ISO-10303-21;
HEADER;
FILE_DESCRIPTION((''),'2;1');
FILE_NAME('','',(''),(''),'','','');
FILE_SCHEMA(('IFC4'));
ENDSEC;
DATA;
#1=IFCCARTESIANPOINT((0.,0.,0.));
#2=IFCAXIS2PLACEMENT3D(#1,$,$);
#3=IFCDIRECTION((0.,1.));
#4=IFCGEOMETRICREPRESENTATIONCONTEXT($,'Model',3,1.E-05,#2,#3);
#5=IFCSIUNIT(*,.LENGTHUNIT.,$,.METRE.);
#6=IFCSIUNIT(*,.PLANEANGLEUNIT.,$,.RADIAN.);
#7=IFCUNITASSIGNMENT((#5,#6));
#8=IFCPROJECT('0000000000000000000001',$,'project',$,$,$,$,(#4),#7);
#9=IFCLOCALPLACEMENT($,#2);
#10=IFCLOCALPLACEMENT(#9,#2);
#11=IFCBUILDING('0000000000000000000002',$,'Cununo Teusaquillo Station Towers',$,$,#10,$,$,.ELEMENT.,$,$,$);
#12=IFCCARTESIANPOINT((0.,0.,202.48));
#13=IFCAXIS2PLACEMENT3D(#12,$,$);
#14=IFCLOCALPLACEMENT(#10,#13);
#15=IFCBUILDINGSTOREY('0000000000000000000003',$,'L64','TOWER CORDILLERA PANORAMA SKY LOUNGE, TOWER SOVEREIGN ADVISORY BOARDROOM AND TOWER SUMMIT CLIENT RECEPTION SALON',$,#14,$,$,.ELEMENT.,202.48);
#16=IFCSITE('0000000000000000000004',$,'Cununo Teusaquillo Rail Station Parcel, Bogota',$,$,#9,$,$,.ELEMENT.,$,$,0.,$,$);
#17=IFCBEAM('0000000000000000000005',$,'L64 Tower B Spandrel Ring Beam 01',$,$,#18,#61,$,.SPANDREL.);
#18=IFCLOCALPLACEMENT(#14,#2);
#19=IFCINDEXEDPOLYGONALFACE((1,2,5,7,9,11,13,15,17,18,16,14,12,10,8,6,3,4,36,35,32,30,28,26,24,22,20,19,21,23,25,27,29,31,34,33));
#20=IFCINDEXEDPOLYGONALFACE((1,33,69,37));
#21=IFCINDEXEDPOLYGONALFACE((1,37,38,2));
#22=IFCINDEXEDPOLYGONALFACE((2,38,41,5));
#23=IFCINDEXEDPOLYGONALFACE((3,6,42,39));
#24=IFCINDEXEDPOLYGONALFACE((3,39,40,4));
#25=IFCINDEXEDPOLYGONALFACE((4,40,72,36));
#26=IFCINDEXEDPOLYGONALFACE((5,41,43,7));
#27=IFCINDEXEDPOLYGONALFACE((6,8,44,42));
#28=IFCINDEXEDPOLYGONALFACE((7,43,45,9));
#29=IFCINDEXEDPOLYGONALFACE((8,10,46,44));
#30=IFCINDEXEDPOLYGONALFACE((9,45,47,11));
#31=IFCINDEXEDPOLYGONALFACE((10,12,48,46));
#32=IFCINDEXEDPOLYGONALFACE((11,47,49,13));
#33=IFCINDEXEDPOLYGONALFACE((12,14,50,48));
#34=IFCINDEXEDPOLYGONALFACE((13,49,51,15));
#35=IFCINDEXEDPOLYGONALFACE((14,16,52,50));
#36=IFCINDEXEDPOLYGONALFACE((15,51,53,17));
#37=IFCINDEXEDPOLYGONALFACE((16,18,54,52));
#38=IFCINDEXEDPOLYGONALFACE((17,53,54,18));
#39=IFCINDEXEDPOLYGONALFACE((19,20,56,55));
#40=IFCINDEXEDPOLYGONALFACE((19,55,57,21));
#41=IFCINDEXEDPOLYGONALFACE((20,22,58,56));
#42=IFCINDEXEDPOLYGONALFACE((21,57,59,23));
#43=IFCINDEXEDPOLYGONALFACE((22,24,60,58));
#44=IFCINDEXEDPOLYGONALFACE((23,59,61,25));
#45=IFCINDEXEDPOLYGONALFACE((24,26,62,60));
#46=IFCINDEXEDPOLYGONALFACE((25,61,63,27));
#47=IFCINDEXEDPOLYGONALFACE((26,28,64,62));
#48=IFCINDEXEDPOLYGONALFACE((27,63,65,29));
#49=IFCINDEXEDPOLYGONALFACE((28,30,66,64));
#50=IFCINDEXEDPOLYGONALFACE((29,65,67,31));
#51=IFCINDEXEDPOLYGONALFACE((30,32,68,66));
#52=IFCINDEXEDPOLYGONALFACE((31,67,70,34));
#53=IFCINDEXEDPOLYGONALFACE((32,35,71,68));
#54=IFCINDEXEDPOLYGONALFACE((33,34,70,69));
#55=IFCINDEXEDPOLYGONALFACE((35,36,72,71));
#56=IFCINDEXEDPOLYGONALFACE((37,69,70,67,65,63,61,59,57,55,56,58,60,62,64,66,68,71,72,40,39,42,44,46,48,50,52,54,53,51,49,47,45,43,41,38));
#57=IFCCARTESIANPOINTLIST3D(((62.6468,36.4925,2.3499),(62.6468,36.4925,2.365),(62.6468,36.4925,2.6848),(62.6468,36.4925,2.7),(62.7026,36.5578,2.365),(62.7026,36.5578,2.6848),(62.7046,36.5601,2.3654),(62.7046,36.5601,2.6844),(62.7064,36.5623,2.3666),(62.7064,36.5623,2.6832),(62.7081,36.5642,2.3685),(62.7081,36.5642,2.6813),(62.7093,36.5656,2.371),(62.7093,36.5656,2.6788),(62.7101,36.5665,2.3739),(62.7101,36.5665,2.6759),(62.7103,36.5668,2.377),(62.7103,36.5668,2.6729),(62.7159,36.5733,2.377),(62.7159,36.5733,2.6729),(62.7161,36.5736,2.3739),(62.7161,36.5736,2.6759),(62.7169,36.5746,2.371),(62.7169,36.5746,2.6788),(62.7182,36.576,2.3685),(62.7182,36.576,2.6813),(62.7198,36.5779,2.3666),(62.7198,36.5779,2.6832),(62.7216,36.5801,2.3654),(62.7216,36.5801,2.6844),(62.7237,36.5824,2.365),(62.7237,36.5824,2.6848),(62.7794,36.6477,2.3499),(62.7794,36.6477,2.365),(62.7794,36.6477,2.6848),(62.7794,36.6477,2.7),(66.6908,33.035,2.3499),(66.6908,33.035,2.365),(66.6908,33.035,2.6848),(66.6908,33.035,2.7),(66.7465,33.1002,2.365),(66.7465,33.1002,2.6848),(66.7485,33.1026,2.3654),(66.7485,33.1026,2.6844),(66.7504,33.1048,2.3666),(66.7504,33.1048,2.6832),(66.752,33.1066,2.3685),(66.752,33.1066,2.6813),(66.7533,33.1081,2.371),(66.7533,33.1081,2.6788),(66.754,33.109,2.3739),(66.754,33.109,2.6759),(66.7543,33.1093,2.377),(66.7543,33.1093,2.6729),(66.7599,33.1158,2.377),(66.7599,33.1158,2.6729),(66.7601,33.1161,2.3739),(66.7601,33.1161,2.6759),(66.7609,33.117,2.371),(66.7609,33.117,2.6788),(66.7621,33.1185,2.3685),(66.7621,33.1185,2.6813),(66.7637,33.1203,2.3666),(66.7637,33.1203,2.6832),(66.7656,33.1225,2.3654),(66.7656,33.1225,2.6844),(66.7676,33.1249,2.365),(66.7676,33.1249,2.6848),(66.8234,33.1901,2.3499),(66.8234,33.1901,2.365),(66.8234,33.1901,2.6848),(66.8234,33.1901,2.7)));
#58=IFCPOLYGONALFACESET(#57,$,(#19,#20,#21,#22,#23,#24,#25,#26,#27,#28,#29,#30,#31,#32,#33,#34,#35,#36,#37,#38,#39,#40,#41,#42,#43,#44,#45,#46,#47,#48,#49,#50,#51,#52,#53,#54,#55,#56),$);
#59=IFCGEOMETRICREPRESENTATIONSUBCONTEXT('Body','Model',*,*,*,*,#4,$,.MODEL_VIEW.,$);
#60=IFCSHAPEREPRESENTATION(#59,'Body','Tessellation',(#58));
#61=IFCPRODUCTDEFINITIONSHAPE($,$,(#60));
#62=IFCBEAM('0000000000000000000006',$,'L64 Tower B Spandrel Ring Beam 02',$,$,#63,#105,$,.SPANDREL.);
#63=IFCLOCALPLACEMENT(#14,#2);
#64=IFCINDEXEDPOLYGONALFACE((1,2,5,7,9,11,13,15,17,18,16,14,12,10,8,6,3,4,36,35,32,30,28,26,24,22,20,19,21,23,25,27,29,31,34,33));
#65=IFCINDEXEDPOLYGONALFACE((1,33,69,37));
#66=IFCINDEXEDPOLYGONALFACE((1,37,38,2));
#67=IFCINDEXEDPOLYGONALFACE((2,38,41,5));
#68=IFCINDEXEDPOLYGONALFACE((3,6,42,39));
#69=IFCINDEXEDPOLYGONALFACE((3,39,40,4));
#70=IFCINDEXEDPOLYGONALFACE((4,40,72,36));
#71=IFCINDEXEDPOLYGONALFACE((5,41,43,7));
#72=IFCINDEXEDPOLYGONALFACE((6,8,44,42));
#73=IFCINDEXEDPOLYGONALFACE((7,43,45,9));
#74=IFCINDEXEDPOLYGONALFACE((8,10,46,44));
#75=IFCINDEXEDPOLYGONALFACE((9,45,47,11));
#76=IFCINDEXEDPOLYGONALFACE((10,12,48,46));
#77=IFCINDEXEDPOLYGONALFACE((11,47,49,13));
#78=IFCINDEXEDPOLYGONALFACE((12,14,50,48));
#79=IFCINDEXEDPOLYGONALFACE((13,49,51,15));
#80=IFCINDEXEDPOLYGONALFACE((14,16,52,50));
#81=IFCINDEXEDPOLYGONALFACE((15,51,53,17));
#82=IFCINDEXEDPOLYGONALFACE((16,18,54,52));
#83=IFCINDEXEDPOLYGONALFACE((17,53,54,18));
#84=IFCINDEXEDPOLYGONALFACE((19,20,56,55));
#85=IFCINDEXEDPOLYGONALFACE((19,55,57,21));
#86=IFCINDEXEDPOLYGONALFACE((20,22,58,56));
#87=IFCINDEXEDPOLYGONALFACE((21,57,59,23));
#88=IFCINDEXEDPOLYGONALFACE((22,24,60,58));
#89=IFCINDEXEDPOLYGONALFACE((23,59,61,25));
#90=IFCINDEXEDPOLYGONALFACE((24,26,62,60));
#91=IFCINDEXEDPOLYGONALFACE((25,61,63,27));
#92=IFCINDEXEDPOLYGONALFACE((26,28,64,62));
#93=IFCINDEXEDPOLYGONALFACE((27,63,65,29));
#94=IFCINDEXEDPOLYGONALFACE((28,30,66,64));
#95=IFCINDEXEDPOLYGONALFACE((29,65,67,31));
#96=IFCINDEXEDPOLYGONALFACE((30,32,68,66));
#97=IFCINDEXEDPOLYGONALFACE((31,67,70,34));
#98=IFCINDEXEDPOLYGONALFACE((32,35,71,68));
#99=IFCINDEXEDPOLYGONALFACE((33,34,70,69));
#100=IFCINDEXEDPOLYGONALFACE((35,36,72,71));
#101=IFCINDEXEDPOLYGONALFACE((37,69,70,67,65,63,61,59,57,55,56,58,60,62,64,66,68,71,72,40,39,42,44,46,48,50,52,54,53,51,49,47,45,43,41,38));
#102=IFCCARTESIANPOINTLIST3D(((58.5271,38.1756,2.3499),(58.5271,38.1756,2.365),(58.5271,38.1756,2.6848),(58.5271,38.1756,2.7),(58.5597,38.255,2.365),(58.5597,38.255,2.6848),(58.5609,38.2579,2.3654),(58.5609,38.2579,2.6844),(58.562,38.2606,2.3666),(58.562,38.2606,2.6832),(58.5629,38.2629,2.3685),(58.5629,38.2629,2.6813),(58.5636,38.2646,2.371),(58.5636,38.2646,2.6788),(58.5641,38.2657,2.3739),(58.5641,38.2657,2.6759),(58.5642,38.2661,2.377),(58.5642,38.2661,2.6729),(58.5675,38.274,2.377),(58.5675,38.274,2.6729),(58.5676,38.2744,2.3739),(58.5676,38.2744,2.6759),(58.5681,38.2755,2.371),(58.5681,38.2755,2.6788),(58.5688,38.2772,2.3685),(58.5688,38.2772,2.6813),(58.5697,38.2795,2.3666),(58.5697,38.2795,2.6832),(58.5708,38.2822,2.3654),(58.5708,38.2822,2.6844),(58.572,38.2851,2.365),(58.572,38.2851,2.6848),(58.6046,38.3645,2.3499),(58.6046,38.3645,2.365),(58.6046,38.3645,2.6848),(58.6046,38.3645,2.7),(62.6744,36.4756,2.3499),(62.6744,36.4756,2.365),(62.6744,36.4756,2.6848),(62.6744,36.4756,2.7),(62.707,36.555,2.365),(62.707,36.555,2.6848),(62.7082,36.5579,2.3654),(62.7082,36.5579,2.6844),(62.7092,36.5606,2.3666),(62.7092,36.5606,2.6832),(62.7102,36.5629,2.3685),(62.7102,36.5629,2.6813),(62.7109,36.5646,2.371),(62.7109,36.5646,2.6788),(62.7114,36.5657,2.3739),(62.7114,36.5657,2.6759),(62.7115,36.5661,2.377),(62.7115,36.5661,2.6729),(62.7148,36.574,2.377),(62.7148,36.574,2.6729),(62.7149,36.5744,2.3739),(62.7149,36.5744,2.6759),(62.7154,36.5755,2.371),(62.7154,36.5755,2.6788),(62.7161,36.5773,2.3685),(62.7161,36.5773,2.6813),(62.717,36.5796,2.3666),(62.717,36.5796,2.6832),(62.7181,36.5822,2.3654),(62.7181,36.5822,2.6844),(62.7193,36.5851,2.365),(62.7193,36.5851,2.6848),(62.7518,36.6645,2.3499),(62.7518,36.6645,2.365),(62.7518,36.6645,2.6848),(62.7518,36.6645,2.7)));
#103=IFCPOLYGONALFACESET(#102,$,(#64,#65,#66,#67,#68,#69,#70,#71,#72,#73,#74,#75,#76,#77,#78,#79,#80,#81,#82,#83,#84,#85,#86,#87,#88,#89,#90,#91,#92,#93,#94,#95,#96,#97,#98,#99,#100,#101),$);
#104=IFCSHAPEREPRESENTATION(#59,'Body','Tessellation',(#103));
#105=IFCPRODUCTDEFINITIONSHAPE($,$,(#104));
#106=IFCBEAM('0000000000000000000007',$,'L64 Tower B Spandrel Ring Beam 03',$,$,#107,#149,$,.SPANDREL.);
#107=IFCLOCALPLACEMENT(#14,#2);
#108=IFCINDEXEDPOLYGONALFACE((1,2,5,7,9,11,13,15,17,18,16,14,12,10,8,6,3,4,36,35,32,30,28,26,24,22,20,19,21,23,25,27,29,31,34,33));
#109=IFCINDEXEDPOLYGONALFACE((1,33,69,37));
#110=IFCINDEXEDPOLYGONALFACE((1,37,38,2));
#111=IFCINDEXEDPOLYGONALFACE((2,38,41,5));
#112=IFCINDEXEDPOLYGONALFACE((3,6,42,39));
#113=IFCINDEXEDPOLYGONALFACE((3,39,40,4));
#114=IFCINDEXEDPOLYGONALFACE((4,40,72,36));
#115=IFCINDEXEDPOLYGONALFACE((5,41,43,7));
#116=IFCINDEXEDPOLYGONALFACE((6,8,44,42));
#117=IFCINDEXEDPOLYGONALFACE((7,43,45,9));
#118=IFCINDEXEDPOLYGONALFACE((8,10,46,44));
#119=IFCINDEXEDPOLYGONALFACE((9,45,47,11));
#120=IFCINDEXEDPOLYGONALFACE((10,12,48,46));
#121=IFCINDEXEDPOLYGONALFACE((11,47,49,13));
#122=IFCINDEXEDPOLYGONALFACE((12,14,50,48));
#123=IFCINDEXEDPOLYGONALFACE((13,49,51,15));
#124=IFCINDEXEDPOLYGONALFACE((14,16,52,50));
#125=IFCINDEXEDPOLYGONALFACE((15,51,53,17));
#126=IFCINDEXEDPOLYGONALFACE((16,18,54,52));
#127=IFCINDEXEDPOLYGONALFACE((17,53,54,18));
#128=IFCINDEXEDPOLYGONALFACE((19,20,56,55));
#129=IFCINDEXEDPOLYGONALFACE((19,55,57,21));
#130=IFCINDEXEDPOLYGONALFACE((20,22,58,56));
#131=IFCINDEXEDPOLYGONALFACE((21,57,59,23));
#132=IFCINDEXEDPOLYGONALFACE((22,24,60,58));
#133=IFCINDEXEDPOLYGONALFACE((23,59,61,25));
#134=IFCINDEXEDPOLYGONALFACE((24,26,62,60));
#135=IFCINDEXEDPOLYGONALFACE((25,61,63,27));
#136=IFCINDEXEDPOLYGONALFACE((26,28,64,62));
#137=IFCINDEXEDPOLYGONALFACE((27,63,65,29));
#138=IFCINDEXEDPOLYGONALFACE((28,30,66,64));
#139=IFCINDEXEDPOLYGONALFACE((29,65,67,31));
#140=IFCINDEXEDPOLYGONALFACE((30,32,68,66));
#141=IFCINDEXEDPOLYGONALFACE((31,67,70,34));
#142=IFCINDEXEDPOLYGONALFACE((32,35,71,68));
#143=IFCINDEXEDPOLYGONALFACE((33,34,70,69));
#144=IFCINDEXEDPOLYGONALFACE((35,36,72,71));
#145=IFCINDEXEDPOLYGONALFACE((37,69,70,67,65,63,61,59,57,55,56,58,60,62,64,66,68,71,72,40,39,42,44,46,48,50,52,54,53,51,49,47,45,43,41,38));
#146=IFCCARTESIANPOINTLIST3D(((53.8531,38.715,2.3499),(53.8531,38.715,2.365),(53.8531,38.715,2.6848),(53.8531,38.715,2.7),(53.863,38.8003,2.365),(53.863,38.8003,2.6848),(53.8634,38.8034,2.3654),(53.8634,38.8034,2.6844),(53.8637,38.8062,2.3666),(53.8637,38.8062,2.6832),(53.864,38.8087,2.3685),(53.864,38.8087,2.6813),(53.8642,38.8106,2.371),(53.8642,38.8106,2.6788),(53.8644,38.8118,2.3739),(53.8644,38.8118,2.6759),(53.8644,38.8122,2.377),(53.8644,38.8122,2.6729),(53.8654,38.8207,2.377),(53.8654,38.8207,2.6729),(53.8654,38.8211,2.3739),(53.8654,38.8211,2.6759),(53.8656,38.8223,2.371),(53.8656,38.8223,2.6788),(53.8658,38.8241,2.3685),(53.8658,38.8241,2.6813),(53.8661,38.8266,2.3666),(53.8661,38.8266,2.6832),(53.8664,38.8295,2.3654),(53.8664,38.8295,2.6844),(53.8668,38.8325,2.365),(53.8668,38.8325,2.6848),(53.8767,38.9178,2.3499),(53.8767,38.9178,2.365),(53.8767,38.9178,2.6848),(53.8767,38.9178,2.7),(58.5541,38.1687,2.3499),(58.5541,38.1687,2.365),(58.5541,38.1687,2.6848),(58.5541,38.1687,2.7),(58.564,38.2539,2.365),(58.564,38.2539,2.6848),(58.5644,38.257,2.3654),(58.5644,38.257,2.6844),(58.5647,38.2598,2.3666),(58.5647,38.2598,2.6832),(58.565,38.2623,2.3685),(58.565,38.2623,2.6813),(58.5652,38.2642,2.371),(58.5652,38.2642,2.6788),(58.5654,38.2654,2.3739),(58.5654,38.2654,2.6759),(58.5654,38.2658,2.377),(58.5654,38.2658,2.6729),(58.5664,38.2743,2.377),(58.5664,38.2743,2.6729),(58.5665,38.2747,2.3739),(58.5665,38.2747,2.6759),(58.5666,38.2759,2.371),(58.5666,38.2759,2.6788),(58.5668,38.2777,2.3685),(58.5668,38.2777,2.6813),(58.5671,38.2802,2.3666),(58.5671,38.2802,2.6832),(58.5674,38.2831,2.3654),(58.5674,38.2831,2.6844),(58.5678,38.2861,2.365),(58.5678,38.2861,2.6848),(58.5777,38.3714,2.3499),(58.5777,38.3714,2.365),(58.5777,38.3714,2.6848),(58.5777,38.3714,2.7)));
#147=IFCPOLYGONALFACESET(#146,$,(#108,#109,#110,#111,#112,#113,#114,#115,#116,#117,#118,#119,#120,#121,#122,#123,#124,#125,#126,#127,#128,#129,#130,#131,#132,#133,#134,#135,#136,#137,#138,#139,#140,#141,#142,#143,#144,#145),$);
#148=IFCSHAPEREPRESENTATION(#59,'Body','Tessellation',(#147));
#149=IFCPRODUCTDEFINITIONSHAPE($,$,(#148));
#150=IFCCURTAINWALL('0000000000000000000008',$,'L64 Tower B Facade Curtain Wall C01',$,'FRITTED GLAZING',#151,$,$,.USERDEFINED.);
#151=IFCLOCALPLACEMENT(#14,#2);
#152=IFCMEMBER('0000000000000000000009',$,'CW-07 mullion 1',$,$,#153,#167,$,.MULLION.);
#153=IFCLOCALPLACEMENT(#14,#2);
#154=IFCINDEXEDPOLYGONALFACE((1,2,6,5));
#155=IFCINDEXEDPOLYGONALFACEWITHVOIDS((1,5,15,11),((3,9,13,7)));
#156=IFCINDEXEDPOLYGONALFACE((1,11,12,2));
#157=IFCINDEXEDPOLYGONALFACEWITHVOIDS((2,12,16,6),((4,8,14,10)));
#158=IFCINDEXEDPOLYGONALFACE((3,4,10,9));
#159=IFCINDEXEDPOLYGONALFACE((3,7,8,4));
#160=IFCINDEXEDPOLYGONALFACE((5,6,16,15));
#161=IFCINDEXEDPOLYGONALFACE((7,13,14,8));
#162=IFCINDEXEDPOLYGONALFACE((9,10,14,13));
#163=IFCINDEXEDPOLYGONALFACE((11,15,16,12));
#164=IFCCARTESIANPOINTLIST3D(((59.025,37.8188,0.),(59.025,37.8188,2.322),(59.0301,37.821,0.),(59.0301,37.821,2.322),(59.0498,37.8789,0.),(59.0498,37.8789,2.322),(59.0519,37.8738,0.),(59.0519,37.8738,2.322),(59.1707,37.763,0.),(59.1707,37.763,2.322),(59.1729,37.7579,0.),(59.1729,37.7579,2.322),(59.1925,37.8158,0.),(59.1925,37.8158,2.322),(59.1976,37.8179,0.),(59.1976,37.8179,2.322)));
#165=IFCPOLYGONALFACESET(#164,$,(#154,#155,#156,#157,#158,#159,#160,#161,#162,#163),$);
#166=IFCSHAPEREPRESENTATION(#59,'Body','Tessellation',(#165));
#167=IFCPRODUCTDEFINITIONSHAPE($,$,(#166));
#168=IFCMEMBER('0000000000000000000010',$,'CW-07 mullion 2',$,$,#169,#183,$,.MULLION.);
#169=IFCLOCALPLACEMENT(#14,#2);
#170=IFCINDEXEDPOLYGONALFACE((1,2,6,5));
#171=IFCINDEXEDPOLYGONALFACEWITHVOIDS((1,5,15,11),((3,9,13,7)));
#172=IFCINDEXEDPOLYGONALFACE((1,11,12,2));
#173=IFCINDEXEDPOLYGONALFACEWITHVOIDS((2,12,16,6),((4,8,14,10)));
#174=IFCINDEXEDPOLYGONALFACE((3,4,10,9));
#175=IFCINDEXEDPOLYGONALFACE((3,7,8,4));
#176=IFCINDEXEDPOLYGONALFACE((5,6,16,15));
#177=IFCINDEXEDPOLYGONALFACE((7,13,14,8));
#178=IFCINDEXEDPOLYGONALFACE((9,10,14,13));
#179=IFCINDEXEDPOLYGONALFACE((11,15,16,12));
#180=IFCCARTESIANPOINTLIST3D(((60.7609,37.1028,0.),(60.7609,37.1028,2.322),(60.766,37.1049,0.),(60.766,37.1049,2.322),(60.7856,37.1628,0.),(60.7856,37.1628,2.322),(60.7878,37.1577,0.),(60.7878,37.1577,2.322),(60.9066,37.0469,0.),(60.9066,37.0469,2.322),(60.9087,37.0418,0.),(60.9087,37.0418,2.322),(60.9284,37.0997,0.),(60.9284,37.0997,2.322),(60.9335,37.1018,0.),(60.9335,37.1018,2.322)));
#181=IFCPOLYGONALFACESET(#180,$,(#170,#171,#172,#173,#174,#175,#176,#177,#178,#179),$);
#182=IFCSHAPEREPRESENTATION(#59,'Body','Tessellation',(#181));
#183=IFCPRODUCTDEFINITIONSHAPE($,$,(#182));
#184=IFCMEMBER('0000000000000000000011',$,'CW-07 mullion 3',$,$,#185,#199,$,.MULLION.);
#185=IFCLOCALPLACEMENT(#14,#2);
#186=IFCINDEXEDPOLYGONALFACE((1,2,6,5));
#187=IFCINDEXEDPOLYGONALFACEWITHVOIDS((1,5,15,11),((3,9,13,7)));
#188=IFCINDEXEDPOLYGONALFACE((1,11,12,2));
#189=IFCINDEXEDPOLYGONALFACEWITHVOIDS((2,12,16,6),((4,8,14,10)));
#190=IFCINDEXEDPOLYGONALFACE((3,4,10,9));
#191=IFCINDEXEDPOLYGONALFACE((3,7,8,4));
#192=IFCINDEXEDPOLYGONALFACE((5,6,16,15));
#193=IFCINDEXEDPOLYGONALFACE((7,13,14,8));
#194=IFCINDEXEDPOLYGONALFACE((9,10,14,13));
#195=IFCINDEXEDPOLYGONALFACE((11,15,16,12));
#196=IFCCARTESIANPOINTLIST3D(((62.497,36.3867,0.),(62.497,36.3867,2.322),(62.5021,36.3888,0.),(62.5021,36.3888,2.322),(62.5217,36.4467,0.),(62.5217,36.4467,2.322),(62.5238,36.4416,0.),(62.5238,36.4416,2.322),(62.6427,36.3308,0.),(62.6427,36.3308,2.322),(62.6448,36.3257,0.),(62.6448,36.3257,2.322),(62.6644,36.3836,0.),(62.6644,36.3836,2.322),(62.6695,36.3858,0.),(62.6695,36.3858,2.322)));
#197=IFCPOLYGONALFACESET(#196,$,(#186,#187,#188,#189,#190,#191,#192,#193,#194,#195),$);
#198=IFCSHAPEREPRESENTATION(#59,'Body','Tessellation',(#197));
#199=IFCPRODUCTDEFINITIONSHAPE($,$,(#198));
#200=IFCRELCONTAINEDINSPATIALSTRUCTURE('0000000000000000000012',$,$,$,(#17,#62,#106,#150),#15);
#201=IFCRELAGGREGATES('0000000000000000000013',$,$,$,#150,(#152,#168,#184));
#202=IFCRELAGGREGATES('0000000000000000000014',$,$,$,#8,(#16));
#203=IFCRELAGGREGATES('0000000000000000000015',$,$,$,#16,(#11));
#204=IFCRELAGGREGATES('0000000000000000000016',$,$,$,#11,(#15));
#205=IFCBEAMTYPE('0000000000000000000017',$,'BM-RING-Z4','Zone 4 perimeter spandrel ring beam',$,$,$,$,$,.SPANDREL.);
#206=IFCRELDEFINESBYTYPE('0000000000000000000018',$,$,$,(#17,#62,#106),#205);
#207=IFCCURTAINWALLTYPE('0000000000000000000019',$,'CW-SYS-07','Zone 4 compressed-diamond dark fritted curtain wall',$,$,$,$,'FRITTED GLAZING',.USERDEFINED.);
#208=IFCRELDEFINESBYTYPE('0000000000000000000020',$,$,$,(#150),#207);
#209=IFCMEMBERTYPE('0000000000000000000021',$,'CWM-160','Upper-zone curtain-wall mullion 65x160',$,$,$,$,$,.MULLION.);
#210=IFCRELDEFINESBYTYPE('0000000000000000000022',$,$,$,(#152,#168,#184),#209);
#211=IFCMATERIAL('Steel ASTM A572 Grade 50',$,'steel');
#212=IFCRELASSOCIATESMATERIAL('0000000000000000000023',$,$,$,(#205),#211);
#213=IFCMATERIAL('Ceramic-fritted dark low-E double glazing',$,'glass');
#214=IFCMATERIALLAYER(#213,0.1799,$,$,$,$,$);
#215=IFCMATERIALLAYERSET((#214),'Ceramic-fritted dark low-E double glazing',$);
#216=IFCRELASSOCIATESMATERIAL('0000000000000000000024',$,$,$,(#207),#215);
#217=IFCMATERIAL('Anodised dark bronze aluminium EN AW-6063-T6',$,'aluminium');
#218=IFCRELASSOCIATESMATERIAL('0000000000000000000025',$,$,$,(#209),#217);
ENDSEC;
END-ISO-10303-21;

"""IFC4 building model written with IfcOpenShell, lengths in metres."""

from ifc_helpers import new_model, si_unit, direction, frame, origin, origin_2d, place, context, subcontext, project, spatial, hollow_rectangle, i_section, extrude, material, layer, layer_set, material_profile, profile_set, type_object, element, aggregate, save


model = new_model("IFC4")

# Units and contexts
model_context = context("Model", 3, precision=1e-05, world=origin(), true_north=direction((0.0, 1.0)))
body_context = subcontext(model_context, "Body", "Model", "MODEL_VIEW")
ifc_project = project(units=[si_unit("LENGTHUNIT", "METRE"), si_unit("PLANEANGLEUNIT", "RADIAN")], contexts=[model_context])

# Site, building, storey
site_placement = place(None, origin())
site = spatial("IfcSite", under=ifc_project, at=site_placement, Name="Cununo Teusaquillo Rail Station Parcel, Bogota", CompositionType="ELEMENT", RefElevation=0.0)
building_placement = place(site_placement, origin())
building = spatial("IfcBuilding", under=site, at=building_placement, Name="Cununo Teusaquillo Station Towers", CompositionType="ELEMENT")
storey_placement = place(building_placement, frame((0.0, 0.0, 202.48)))
storey = spatial("IfcBuildingStorey", under=building, at=storey_placement, Name="L64", Description="TOWER CORDILLERA PANORAMA SKY LOUNGE, TOWER SOVEREIGN ADVISORY BOARDROOM AND TOWER SUMMIT CLIENT RECEPTION SALON", CompositionType="ELEMENT", Elevation=202.48)

# Beams
ifc_material_1 = material(Name="Steel ASTM A572 Grade 50", Category="steel")
ifc_material_profile_1 = material_profile(ifc_material_1, i_section(OverallWidth=0.2041, OverallDepth=0.3501, WebThickness=0.0085, FlangeThickness=0.0151, FilletRadius=0.012, at=origin_2d()), Name="W14X48")
ifc_profile_set_1 = profile_set([ifc_material_profile_1], Name="Steel ASTM A572 Grade 50")
beam_type_1 = type_object("IfcBeamType", Name="BM-RING-Z4", Description="Zone 4 perimeter spandrel ring beam", PredefinedType="SPANDREL", material=ifc_profile_set_1)
beam_1_placement = place(storey_placement, frame((66.7571, 33.1125, 2.5249), z_axis=(-0.760066, 0.649846, 0.0), x_axis=(-0.649846, -0.760066, 0.0)))
element("IfcBeam", 1, at=beam_1_placement, inside=storey, type_object=beam_type_1, Name="L64 Tower B Spandrel Ring Beam 01", PredefinedType="SPANDREL", context=body_context, shape_type="SweptSolid", body=[
    extrude(i_section(OverallWidth=0.2041, OverallDepth=0.3501, WebThickness=0.0085, FlangeThickness=0.0151, FilletRadius=0.012, at=origin_2d()), origin(), (0.0, 0.0, 1.0), 5.3206),
])
beam_2_placement = place(storey_placement, frame((62.7131, 36.5701, 2.5249), z_axis=(-0.925284, 0.379275, 0.0), x_axis=(-0.379275, -0.925284, 0.0)))
element("IfcBeam", 2, at=beam_2_placement, inside=storey, type_object=beam_type_1, Name="L64 Tower B Spandrel Ring Beam 02", PredefinedType="SPANDREL", context=body_context, shape_type="SweptSolid", body=[
    extrude(i_section(OverallWidth=0.2041, OverallDepth=0.3501, WebThickness=0.0085, FlangeThickness=0.0151, FilletRadius=0.012, at=origin_2d()), origin(), (0.0, 0.0, 1.0), 4.4822),
])
beam_3_placement = place(storey_placement, frame((58.5659, 38.27, 2.5249), z_axis=(-0.993313, 0.115452, 0.0), x_axis=(-0.115452, -0.993313, 0.0)))
element("IfcBeam", 3, at=beam_3_placement, inside=storey, type_object=beam_type_1, Name="L64 Tower B Spandrel Ring Beam 03", PredefinedType="SPANDREL", context=body_context, shape_type="SweptSolid", body=[
    extrude(i_section(OverallWidth=0.2041, OverallDepth=0.3501, WebThickness=0.0085, FlangeThickness=0.0151, FilletRadius=0.012, at=origin_2d()), origin(), (0.0, 0.0, 1.0), 4.7327),
])

# Curtain wall, members
ifc_material_2 = material(Name="Ceramic-fritted dark low-E double glazing", Category="glass")
ifc_layer_1 = layer(ifc_material_2, 0.1799)
ifc_layer_set_1 = layer_set([ifc_layer_1], Name="Ceramic-fritted dark low-E double glazing")
curtain_wall_type = type_object("IfcCurtainWallType", Name="CW-SYS-07", Description="Zone 4 compressed-diamond dark fritted curtain wall", ElementType="FRITTED GLAZING", PredefinedType="USERDEFINED", material=ifc_layer_set_1)
curtain_wall_placement = place(storey_placement, origin())
curtain_wall = element("IfcCurtainWall", 4, at=curtain_wall_placement, inside=storey, type_object=curtain_wall_type, Name="L64 Tower B Facade Curtain Wall C01", ObjectType="FRITTED GLAZING", PredefinedType="USERDEFINED")
ifc_material_3 = material(Name="Anodised dark bronze aluminium EN AW-6063-T6", Category="aluminium")
ifc_material_profile_2 = material_profile(ifc_material_3, hollow_rectangle(XDim=0.0649, YDim=0.1599, WallThickness=0.0039, at=origin_2d()), Name="CW-MULL-65x160")
ifc_profile_set_2 = profile_set([ifc_material_profile_2], Name="Anodised dark bronze aluminium EN AW-6063-T6")
member_type_1 = type_object("IfcMemberType", Name="CWM-160", Description="Upper-zone curtain-wall mullion 65x160", PredefinedType="MULLION", material=ifc_profile_set_2)
member_1_placement = place(storey_placement, frame((59.1113, 37.8184, 0.0), z_axis=(0.0, 0.0, 1.0), x_axis=(0.381311, 0.924447, 0.0)))
member_1 = element("IfcMember", 5, at=member_1_placement, type_object=member_type_1, Name="CW-07 mullion 1", PredefinedType="MULLION", context=body_context, shape_type="SweptSolid", body=[
    extrude(hollow_rectangle(XDim=0.0649, YDim=0.1599, WallThickness=0.0039, at=origin_2d()), origin(), (0.0, 0.0, 1.0), 2.322),
])
member_2_placement = place(storey_placement, frame((60.8472, 37.1023, 0.0), z_axis=(0.0, 0.0, 1.0), x_axis=(0.381311, 0.924447, 0.0)))
member_2 = element("IfcMember", 6, at=member_2_placement, type_object=member_type_1, Name="CW-07 mullion 2", PredefinedType="MULLION", context=body_context, shape_type="SweptSolid", body=[
    extrude(hollow_rectangle(XDim=0.0649, YDim=0.1599, WallThickness=0.0039, at=origin_2d()), origin(), (0.0, 0.0, 1.0), 2.322),
])
member_3_placement = place(storey_placement, frame((62.5833, 36.3862, 0.0), z_axis=(0.0, 0.0, 1.0), x_axis=(0.381311, 0.924447, 0.0)))
member_3 = element("IfcMember", 7, at=member_3_placement, type_object=member_type_1, Name="CW-07 mullion 3", PredefinedType="MULLION", context=body_context, shape_type="SweptSolid", body=[
    extrude(hollow_rectangle(XDim=0.0649, YDim=0.1599, WallThickness=0.0039, at=origin_2d()), origin(), (0.0, 0.0, 1.0), 2.322),
])

aggregate(curtain_wall, [member_1, member_2, member_3])

save(model, "model.ifc")
